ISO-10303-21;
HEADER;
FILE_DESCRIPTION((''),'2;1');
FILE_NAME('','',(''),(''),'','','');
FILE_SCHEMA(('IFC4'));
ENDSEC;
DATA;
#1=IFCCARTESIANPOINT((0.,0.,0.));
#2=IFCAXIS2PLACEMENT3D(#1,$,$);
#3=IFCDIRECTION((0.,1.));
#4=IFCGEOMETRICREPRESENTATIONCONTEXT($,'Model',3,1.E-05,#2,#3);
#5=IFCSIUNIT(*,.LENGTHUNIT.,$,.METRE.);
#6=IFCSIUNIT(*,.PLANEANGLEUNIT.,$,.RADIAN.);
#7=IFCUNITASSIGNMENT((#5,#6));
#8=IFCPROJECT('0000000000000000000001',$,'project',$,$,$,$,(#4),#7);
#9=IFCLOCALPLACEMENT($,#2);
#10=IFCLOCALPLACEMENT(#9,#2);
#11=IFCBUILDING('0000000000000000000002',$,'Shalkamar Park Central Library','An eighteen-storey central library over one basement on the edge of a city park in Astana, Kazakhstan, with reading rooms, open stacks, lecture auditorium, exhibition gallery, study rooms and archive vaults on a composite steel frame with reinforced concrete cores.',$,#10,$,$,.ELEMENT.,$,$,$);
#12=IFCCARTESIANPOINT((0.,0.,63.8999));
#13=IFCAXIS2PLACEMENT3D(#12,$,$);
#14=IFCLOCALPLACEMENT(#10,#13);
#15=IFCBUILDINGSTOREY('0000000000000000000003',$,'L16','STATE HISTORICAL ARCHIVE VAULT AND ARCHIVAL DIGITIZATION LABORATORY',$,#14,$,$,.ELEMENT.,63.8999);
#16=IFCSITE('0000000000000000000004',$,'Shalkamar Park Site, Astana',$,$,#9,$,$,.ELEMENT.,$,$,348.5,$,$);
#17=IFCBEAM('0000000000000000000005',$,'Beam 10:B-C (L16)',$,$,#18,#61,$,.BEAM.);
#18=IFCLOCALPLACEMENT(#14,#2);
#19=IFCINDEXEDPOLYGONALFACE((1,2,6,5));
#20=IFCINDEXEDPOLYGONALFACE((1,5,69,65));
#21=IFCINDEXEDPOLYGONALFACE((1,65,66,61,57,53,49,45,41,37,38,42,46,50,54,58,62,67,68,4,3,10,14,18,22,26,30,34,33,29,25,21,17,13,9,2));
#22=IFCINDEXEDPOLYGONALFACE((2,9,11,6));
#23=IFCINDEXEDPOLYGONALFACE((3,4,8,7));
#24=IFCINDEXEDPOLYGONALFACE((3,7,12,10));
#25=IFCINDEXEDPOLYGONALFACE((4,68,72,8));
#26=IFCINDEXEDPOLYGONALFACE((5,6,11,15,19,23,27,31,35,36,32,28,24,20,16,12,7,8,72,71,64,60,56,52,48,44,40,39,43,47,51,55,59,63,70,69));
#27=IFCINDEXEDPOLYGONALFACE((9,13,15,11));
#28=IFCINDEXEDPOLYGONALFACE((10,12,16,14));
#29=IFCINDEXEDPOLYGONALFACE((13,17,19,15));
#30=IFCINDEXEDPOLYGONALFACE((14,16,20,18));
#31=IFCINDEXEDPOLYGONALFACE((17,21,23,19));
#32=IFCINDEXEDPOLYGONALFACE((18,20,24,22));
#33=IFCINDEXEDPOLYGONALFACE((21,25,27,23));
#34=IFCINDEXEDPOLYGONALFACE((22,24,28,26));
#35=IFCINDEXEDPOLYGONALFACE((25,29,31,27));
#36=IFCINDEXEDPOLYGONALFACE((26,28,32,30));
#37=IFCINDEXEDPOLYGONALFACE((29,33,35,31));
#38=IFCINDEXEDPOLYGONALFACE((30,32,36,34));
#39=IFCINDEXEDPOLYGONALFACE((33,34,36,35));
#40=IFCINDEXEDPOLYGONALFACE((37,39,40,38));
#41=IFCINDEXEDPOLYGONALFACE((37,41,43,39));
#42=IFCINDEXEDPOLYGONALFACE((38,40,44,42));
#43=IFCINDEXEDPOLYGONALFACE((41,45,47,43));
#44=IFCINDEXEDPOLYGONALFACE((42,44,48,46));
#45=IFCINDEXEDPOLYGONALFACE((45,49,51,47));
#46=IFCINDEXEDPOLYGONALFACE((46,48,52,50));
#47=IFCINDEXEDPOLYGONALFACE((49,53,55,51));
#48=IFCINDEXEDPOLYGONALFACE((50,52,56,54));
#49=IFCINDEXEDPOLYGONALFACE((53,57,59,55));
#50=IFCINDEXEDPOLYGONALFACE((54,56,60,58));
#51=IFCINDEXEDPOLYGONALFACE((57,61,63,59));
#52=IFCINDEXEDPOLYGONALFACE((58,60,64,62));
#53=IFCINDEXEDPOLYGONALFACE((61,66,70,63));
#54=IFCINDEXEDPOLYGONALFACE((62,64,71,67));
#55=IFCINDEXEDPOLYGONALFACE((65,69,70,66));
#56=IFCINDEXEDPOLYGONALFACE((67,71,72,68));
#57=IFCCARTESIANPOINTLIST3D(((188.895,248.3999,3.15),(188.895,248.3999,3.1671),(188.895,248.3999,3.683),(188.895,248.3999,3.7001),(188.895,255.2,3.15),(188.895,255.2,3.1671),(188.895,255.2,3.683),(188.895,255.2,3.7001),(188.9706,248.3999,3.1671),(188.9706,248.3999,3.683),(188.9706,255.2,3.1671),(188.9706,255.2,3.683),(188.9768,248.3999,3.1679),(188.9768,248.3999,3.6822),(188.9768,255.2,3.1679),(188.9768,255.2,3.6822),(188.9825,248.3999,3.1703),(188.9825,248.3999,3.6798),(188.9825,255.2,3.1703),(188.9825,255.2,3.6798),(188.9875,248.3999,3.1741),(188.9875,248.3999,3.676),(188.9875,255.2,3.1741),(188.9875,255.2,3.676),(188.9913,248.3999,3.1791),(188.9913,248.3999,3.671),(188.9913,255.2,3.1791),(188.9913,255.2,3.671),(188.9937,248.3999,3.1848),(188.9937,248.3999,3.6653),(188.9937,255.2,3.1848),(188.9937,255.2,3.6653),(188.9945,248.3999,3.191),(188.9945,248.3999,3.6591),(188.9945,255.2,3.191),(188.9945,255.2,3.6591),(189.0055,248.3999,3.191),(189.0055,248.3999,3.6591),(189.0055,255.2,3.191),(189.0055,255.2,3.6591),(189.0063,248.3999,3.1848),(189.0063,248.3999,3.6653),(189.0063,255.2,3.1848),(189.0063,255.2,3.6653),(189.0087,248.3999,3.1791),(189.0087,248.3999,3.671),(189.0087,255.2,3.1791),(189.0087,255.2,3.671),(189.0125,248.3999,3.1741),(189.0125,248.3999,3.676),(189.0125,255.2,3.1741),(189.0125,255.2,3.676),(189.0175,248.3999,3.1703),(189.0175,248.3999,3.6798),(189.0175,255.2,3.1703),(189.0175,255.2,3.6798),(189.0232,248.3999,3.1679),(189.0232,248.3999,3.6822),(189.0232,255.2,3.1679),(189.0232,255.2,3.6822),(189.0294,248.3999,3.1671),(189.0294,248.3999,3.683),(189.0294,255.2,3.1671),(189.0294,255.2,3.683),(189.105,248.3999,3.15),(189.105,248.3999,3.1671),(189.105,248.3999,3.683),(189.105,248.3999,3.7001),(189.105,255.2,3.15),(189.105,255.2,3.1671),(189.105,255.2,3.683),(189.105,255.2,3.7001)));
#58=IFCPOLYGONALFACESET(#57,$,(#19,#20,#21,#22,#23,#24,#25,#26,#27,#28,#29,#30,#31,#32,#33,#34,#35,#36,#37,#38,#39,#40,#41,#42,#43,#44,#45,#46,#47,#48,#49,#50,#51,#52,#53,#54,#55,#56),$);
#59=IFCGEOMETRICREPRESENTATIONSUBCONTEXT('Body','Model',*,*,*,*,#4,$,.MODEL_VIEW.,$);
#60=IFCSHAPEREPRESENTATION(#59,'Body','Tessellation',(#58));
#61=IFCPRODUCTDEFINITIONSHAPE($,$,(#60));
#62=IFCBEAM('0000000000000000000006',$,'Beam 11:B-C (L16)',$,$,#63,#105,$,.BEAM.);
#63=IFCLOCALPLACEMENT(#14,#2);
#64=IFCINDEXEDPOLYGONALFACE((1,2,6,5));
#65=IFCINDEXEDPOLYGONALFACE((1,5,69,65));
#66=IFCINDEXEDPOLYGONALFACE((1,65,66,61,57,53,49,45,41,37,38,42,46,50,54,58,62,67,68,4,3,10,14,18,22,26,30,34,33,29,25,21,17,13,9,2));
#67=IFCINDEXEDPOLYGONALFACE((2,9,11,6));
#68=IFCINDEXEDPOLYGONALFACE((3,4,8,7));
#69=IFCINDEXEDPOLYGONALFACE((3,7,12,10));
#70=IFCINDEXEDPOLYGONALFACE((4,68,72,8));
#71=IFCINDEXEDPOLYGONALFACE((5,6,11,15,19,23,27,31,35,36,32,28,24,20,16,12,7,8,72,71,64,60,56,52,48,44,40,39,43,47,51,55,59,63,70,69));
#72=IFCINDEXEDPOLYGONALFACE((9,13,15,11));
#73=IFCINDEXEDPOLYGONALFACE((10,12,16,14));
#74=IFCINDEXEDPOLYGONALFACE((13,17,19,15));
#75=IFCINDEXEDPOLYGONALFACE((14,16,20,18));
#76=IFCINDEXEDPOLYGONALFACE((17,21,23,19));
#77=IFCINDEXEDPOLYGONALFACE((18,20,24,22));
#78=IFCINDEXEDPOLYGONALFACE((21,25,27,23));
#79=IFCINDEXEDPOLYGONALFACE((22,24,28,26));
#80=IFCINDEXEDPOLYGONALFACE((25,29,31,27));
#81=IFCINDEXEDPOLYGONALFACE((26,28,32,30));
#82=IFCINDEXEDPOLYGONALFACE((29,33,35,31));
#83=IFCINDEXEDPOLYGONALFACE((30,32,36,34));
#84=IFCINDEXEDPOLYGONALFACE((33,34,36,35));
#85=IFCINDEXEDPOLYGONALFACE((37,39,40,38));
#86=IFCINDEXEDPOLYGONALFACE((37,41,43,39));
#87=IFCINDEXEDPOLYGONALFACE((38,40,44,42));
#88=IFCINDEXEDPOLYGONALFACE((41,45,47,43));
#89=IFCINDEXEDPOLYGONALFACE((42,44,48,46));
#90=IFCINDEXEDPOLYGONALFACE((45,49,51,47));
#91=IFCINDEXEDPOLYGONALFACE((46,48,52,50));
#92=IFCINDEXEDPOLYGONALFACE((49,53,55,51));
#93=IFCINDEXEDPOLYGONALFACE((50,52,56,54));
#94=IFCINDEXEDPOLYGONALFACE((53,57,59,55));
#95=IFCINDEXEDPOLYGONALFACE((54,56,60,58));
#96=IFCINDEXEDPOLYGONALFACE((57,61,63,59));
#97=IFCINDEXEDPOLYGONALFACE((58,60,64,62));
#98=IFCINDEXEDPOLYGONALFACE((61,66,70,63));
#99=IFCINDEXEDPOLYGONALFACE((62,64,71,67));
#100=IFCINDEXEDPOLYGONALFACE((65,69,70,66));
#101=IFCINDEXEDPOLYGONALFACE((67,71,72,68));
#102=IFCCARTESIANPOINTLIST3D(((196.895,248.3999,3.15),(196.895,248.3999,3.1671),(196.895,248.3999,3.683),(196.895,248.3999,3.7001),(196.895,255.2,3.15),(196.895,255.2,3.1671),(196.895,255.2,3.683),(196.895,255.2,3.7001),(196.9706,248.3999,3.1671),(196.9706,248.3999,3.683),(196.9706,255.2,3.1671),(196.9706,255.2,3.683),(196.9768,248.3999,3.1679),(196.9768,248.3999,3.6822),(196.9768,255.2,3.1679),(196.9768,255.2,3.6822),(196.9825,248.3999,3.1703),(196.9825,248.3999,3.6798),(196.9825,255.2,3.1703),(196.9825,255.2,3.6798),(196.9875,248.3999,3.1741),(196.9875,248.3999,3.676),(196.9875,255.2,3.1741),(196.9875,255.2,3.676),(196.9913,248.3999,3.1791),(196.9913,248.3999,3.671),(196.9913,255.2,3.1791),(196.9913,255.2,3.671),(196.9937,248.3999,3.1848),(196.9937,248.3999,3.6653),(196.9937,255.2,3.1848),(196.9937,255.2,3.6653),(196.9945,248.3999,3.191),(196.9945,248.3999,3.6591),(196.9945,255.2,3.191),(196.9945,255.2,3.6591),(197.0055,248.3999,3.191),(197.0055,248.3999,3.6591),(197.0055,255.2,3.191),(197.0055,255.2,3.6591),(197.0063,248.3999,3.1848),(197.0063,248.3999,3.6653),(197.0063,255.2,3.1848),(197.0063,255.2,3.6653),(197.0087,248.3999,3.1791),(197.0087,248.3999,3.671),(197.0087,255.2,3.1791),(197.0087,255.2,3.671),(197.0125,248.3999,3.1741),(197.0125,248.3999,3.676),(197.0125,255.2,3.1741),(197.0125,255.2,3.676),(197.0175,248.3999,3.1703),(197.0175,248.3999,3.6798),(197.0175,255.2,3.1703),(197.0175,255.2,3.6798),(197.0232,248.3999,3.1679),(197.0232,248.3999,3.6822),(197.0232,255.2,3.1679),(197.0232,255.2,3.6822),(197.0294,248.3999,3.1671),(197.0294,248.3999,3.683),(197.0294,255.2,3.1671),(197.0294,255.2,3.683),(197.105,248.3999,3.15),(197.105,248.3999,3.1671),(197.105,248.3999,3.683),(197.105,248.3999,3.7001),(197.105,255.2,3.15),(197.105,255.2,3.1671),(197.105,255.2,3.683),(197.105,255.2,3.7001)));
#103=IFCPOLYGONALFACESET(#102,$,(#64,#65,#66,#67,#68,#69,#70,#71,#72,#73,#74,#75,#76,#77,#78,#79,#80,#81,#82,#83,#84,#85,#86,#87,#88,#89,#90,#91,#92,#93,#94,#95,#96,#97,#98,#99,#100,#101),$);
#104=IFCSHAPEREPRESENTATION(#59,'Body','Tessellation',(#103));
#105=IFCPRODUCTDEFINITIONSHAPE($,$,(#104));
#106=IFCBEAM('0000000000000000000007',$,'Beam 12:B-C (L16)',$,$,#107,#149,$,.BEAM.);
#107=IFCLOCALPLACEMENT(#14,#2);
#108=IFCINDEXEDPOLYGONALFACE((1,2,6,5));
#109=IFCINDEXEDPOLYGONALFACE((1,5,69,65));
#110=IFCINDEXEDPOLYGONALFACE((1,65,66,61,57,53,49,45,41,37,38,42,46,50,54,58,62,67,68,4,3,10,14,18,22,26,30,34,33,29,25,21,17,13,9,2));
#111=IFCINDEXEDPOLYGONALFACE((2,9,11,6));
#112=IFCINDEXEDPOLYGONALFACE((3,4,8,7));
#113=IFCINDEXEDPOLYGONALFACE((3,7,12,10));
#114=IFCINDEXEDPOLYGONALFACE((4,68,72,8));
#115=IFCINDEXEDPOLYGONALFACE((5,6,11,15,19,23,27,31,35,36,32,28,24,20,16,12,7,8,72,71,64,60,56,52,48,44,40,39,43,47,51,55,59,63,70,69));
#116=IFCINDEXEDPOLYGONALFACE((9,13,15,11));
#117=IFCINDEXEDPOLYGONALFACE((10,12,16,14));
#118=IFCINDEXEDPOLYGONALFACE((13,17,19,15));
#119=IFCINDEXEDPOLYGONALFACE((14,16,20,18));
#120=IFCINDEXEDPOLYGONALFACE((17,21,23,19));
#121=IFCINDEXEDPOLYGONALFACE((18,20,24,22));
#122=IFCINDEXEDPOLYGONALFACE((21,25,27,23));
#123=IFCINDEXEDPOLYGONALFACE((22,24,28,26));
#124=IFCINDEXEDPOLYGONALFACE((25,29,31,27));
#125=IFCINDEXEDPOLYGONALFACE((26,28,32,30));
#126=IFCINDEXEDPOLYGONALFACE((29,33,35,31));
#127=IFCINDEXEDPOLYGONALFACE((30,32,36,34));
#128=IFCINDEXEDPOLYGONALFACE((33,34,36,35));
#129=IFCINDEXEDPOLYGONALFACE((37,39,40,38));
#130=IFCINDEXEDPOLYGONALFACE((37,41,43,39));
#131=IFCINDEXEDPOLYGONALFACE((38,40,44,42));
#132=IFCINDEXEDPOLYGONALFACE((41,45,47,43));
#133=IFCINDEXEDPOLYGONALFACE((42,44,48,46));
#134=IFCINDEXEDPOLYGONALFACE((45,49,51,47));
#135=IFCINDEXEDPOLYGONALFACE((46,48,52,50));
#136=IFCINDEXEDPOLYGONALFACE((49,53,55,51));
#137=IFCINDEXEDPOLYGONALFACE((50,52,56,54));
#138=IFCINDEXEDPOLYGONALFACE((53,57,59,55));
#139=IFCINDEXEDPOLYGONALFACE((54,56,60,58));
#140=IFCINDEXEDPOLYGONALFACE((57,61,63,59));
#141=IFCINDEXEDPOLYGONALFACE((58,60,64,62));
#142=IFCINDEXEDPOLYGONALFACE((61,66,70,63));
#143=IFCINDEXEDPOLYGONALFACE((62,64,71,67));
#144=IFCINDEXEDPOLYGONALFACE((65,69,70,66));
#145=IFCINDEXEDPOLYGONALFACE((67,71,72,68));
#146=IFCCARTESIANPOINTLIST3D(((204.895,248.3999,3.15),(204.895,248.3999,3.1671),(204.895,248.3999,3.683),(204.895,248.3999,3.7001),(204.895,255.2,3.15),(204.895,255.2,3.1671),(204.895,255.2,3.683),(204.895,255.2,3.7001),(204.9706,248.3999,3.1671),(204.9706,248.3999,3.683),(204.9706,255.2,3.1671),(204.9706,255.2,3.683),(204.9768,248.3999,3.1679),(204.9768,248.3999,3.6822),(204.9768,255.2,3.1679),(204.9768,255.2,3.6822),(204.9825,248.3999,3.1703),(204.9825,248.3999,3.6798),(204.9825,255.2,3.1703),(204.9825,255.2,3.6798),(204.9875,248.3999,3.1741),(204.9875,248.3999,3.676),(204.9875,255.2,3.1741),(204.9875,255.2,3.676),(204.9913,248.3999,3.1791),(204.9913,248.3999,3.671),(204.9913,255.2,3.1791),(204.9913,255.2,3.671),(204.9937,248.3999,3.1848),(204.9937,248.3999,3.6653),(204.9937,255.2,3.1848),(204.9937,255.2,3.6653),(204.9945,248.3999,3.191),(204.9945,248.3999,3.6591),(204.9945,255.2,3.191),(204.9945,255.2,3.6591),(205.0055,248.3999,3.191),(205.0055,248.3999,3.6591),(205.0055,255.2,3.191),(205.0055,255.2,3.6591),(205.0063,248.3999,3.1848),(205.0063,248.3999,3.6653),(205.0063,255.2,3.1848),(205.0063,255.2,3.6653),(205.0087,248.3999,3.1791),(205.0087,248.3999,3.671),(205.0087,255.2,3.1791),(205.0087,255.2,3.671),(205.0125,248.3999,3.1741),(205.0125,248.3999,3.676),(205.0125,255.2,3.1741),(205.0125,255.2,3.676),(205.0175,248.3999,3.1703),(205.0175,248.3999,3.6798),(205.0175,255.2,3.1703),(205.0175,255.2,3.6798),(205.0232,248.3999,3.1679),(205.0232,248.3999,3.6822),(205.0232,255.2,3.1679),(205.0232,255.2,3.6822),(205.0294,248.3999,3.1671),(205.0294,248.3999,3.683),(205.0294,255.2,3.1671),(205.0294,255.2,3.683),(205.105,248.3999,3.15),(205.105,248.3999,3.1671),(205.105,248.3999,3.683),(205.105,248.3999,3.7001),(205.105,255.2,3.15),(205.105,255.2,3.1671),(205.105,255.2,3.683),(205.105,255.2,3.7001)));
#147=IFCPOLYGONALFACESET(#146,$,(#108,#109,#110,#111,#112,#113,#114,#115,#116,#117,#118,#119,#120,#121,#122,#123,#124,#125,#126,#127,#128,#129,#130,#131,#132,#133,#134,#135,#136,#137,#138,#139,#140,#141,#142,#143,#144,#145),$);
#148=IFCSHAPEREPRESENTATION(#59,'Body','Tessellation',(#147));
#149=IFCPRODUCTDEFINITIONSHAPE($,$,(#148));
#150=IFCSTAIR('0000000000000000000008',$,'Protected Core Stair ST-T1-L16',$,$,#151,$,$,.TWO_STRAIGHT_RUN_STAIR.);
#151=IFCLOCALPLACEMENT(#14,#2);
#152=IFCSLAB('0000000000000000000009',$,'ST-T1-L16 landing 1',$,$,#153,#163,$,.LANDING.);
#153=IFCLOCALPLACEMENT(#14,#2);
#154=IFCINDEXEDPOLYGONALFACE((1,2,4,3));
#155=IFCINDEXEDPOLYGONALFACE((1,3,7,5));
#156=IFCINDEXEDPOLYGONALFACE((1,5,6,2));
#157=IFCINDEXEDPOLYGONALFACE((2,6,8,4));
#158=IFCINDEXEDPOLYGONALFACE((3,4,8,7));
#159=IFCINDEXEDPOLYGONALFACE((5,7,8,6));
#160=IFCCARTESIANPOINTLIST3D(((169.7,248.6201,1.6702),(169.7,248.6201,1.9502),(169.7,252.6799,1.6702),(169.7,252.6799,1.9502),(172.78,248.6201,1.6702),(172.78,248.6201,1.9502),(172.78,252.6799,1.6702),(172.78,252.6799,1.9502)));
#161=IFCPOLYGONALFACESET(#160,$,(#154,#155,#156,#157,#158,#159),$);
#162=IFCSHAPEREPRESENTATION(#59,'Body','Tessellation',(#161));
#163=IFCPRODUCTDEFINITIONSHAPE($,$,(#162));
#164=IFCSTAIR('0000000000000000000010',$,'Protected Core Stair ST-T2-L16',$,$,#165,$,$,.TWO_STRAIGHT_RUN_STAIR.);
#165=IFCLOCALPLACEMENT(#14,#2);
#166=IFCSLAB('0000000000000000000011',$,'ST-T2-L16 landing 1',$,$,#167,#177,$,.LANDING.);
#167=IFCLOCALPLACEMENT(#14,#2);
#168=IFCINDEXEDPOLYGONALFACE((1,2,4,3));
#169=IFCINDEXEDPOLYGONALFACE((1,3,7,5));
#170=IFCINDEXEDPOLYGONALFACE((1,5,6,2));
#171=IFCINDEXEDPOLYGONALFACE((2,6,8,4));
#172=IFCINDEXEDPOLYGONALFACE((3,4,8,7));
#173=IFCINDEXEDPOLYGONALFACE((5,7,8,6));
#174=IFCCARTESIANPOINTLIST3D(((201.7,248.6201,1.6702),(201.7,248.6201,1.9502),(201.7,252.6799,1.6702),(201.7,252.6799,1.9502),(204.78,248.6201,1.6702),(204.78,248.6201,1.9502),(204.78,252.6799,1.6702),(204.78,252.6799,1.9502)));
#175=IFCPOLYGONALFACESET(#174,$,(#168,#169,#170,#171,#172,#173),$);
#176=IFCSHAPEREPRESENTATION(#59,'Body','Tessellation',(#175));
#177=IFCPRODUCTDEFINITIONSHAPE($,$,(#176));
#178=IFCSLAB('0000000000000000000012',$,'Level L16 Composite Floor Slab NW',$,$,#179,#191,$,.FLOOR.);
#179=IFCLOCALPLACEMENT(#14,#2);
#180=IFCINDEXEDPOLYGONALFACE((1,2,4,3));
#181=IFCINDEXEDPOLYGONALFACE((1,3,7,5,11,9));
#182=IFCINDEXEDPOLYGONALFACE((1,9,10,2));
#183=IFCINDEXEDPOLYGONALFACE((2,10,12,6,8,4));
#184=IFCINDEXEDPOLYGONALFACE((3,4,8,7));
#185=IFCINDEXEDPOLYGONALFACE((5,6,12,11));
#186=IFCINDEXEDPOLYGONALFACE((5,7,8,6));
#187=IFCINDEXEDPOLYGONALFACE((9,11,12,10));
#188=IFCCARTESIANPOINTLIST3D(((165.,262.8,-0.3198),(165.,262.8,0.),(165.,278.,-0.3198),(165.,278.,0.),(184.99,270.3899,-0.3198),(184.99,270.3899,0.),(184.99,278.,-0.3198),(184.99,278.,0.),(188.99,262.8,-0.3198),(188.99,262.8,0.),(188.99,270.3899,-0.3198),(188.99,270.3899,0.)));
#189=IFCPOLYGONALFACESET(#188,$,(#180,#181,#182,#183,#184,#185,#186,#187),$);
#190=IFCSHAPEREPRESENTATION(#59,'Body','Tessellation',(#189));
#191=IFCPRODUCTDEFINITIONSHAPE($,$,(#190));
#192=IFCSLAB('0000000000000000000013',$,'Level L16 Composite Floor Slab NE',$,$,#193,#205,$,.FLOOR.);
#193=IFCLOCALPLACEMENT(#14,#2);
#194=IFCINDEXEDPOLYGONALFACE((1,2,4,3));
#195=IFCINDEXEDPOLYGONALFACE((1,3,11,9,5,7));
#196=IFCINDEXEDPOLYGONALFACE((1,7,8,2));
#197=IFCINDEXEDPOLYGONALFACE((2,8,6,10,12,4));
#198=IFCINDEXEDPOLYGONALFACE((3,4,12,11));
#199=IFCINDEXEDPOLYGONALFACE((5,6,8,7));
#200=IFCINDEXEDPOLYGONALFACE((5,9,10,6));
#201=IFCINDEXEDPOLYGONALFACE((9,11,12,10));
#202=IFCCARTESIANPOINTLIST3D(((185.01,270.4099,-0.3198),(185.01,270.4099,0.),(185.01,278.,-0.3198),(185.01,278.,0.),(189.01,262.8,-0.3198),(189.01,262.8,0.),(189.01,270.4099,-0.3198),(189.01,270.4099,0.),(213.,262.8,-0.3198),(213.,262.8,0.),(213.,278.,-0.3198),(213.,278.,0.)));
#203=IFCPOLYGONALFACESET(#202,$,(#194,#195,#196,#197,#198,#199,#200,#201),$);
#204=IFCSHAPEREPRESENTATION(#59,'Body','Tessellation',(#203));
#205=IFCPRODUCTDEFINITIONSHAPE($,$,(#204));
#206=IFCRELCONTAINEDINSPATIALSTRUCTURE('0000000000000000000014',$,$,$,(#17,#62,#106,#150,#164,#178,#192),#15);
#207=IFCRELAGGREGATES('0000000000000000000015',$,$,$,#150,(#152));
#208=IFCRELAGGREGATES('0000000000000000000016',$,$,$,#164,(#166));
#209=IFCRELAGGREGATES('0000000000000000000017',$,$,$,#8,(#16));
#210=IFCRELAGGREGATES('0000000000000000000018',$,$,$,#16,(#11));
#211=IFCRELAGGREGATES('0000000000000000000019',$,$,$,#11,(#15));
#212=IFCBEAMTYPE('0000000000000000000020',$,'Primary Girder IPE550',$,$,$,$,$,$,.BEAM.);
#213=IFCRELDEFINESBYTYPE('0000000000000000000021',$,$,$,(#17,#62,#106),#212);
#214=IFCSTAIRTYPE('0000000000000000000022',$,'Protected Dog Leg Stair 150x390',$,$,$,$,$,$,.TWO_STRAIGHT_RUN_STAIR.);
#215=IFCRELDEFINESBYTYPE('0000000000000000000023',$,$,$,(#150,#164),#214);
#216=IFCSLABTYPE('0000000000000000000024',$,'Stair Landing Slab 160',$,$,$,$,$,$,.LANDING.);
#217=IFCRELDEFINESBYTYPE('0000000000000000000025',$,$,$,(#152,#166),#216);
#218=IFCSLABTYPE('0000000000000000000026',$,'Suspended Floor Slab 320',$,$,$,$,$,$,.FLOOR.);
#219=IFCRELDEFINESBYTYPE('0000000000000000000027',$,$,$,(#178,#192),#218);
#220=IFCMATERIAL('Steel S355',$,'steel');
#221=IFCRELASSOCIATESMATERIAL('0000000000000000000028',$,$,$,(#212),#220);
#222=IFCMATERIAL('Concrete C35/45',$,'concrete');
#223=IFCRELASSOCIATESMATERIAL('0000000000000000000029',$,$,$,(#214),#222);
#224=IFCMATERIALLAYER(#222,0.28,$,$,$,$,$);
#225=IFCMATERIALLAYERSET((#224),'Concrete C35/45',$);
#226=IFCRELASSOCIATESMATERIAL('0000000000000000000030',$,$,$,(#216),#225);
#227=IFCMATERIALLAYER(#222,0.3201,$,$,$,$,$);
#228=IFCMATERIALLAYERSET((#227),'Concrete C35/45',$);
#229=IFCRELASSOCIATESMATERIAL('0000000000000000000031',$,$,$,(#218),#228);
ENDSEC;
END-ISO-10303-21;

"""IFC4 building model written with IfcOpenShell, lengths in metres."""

from ifc_helpers import new_model, si_unit, direction, frame, origin, origin_2d, place, context, subcontext, project, spatial, polyline, i_section, outline, extrude, material, layer, layer_set, material_profile, profile_set, type_object, element, aggregate, save


model = new_model("IFC4")

# Units and contexts
model_context = context("Model", 3, precision=1e-05, world=origin(), true_north=direction((0.0, 1.0)))
body_context = subcontext(model_context, "Body", "Model", "MODEL_VIEW")
ifc_project = project(units=[si_unit("LENGTHUNIT", "METRE"), si_unit("PLANEANGLEUNIT", "RADIAN")], contexts=[model_context])

# Site, building, storey
site_placement = place(None, origin())
site = spatial("IfcSite", under=ifc_project, at=site_placement, Name="Shalkamar Park Site, Astana", CompositionType="ELEMENT", RefElevation=348.5)
building_placement = place(site_placement, origin())
building = spatial("IfcBuilding", under=site, at=building_placement, Name="Shalkamar Park Central Library", Description="An eighteen-storey central library over one basement on the edge of a city park in Astana, Kazakhstan, with reading rooms, open stacks, lecture auditorium, exhibition gallery, study rooms and archive vaults on a composite steel frame with reinforced concrete cores.", CompositionType="ELEMENT")
storey_placement = place(building_placement, frame((0.0, 0.0, 63.8999)))
storey = spatial("IfcBuildingStorey", under=building, at=storey_placement, Name="L16", Description="STATE HISTORICAL ARCHIVE VAULT AND ARCHIVAL DIGITIZATION LABORATORY", CompositionType="ELEMENT", Elevation=63.8999)

# Shared definitions
ifc_material_1 = material(Name="Steel S355", Category="steel")

# Beams
ifc_material_profile_1 = material_profile(ifc_material_1, i_section(OverallWidth=0.21, OverallDepth=0.55, WebThickness=0.011, FlangeThickness=0.0171, FilletRadius=0.0239, at=origin_2d()), Name="IPE 550")
ifc_profile_set_1 = profile_set([ifc_material_profile_1], Name="Steel S355")
beam_type_1 = type_object("IfcBeamType", Name="Primary Girder IPE550", PredefinedType="BEAM", material=ifc_profile_set_1)
for number, where, z_axis, x_axis, name in (
    (1, (189.0, 248.3999, 3.425), (0.0, 1.0, 0.0), (-1.0, 0.0, 0.0), "Beam 10:B-C (L16)"),
    (2, (197.0, 248.3999, 3.425), (0.0, 1.0, 0.0), (-1.0, 0.0, 0.0), "Beam 11:B-C (L16)"),
    (3, (205.0, 248.3999, 3.425), (0.0, 1.0, 0.0), (-1.0, 0.0, 0.0), "Beam 12:B-C (L16)"),
):
    element("IfcBeam", number, at=place(storey_placement, frame(where, z_axis=z_axis, x_axis=x_axis)), inside=storey, type_object=beam_type_1, Name=name, PredefinedType="BEAM", context=body_context, shape_type="SweptSolid", body=[
        extrude(i_section(OverallWidth=0.21, OverallDepth=0.55, WebThickness=0.011, FlangeThickness=0.0171, FilletRadius=0.0239, at=origin_2d()), origin(), (0.0, 0.0, 1.0), 6.8),
    ])

# Stairs, slabs
ifc_material_2 = material(Name="Concrete C35/45", Category="concrete")
stair_type = type_object("IfcStairType", Name="Protected Dog Leg Stair 150x390", PredefinedType="TWO_STRAIGHT_RUN_STAIR", material=ifc_material_2)
stair_1_placement = place(storey_placement, origin())
stair_1 = element("IfcStair", 4, at=stair_1_placement, inside=storey, type_object=stair_type, Name="Protected Core Stair ST-T1-L16", PredefinedType="TWO_STRAIGHT_RUN_STAIR")
ifc_layer_1 = layer(ifc_material_2, 0.28)
ifc_layer_set_1 = layer_set([ifc_layer_1], Name="Concrete C35/45")
slab_type_1 = type_object("IfcSlabType", Name="Stair Landing Slab 160", PredefinedType="LANDING", material=ifc_layer_set_1)
slab_1_placement = place(storey_placement, frame((0.0, 0.0, 1.6702)))
slab_1 = element("IfcSlab", 5, at=slab_1_placement, type_object=slab_type_1, Name="ST-T1-L16 landing 1", PredefinedType="LANDING", context=body_context, shape_type="SweptSolid", body=[
    extrude(outline(polyline([(169.7, 248.6201), (172.78, 248.6201), (172.78, 252.6799), (169.7, 252.6799), (169.7, 248.6201)])), origin(), (0.0, 0.0, 1.0), 0.28),
])
aggregate(stair_1, [slab_1])
stair_2_placement = place(storey_placement, origin())
stair_2 = element("IfcStair", 6, at=stair_2_placement, inside=storey, type_object=stair_type, Name="Protected Core Stair ST-T2-L16", PredefinedType="TWO_STRAIGHT_RUN_STAIR")
slab_2_placement = place(storey_placement, frame((0.0, 0.0, 1.6702)))
slab_2 = element("IfcSlab", 7, at=slab_2_placement, type_object=slab_type_1, Name="ST-T2-L16 landing 1", PredefinedType="LANDING", context=body_context, shape_type="SweptSolid", body=[
    extrude(outline(polyline([(201.7, 248.6201), (204.78, 248.6201), (204.78, 252.6799), (201.7, 252.6799), (201.7, 248.6201)])), origin(), (0.0, 0.0, 1.0), 0.28),
])
aggregate(stair_2, [slab_2])

# Slabs
ifc_layer_2 = layer(ifc_material_2, 0.3201)
ifc_layer_set_2 = layer_set([ifc_layer_2], Name="Concrete C35/45")
slab_type_2 = type_object("IfcSlabType", Name="Suspended Floor Slab 320", PredefinedType="FLOOR", material=ifc_layer_set_2)
slab_3_placement = place(storey_placement, frame((0.0, 0.0, -0.3198)))
element("IfcSlab", 8, at=slab_3_placement, inside=storey, type_object=slab_type_2, Name="Level L16 Composite Floor Slab NW", PredefinedType="FLOOR", context=body_context, shape_type="SweptSolid", body=[
    extrude(outline(polyline([(165.0, 262.8), (188.99, 262.8), (188.99, 270.3899), (184.99, 270.3899), (184.99, 278.0), (165.0, 278.0), (165.0, 262.8)])), origin(), (0.0, 0.0, 1.0), 0.3198),
])
slab_4_placement = place(storey_placement, frame((0.0, 0.0, -0.3198)))
element("IfcSlab", 9, at=slab_4_placement, inside=storey, type_object=slab_type_2, Name="Level L16 Composite Floor Slab NE", PredefinedType="FLOOR", context=body_context, shape_type="SweptSolid", body=[
    extrude(outline(polyline([(189.01, 262.8), (213.0, 262.8), (213.0, 278.0), (185.01, 278.0), (185.01, 270.4099), (189.01, 270.4099), (189.01, 262.8)])), origin(), (0.0, 0.0, 1.0), 0.3198),
])

save(model, "model.ifc")
